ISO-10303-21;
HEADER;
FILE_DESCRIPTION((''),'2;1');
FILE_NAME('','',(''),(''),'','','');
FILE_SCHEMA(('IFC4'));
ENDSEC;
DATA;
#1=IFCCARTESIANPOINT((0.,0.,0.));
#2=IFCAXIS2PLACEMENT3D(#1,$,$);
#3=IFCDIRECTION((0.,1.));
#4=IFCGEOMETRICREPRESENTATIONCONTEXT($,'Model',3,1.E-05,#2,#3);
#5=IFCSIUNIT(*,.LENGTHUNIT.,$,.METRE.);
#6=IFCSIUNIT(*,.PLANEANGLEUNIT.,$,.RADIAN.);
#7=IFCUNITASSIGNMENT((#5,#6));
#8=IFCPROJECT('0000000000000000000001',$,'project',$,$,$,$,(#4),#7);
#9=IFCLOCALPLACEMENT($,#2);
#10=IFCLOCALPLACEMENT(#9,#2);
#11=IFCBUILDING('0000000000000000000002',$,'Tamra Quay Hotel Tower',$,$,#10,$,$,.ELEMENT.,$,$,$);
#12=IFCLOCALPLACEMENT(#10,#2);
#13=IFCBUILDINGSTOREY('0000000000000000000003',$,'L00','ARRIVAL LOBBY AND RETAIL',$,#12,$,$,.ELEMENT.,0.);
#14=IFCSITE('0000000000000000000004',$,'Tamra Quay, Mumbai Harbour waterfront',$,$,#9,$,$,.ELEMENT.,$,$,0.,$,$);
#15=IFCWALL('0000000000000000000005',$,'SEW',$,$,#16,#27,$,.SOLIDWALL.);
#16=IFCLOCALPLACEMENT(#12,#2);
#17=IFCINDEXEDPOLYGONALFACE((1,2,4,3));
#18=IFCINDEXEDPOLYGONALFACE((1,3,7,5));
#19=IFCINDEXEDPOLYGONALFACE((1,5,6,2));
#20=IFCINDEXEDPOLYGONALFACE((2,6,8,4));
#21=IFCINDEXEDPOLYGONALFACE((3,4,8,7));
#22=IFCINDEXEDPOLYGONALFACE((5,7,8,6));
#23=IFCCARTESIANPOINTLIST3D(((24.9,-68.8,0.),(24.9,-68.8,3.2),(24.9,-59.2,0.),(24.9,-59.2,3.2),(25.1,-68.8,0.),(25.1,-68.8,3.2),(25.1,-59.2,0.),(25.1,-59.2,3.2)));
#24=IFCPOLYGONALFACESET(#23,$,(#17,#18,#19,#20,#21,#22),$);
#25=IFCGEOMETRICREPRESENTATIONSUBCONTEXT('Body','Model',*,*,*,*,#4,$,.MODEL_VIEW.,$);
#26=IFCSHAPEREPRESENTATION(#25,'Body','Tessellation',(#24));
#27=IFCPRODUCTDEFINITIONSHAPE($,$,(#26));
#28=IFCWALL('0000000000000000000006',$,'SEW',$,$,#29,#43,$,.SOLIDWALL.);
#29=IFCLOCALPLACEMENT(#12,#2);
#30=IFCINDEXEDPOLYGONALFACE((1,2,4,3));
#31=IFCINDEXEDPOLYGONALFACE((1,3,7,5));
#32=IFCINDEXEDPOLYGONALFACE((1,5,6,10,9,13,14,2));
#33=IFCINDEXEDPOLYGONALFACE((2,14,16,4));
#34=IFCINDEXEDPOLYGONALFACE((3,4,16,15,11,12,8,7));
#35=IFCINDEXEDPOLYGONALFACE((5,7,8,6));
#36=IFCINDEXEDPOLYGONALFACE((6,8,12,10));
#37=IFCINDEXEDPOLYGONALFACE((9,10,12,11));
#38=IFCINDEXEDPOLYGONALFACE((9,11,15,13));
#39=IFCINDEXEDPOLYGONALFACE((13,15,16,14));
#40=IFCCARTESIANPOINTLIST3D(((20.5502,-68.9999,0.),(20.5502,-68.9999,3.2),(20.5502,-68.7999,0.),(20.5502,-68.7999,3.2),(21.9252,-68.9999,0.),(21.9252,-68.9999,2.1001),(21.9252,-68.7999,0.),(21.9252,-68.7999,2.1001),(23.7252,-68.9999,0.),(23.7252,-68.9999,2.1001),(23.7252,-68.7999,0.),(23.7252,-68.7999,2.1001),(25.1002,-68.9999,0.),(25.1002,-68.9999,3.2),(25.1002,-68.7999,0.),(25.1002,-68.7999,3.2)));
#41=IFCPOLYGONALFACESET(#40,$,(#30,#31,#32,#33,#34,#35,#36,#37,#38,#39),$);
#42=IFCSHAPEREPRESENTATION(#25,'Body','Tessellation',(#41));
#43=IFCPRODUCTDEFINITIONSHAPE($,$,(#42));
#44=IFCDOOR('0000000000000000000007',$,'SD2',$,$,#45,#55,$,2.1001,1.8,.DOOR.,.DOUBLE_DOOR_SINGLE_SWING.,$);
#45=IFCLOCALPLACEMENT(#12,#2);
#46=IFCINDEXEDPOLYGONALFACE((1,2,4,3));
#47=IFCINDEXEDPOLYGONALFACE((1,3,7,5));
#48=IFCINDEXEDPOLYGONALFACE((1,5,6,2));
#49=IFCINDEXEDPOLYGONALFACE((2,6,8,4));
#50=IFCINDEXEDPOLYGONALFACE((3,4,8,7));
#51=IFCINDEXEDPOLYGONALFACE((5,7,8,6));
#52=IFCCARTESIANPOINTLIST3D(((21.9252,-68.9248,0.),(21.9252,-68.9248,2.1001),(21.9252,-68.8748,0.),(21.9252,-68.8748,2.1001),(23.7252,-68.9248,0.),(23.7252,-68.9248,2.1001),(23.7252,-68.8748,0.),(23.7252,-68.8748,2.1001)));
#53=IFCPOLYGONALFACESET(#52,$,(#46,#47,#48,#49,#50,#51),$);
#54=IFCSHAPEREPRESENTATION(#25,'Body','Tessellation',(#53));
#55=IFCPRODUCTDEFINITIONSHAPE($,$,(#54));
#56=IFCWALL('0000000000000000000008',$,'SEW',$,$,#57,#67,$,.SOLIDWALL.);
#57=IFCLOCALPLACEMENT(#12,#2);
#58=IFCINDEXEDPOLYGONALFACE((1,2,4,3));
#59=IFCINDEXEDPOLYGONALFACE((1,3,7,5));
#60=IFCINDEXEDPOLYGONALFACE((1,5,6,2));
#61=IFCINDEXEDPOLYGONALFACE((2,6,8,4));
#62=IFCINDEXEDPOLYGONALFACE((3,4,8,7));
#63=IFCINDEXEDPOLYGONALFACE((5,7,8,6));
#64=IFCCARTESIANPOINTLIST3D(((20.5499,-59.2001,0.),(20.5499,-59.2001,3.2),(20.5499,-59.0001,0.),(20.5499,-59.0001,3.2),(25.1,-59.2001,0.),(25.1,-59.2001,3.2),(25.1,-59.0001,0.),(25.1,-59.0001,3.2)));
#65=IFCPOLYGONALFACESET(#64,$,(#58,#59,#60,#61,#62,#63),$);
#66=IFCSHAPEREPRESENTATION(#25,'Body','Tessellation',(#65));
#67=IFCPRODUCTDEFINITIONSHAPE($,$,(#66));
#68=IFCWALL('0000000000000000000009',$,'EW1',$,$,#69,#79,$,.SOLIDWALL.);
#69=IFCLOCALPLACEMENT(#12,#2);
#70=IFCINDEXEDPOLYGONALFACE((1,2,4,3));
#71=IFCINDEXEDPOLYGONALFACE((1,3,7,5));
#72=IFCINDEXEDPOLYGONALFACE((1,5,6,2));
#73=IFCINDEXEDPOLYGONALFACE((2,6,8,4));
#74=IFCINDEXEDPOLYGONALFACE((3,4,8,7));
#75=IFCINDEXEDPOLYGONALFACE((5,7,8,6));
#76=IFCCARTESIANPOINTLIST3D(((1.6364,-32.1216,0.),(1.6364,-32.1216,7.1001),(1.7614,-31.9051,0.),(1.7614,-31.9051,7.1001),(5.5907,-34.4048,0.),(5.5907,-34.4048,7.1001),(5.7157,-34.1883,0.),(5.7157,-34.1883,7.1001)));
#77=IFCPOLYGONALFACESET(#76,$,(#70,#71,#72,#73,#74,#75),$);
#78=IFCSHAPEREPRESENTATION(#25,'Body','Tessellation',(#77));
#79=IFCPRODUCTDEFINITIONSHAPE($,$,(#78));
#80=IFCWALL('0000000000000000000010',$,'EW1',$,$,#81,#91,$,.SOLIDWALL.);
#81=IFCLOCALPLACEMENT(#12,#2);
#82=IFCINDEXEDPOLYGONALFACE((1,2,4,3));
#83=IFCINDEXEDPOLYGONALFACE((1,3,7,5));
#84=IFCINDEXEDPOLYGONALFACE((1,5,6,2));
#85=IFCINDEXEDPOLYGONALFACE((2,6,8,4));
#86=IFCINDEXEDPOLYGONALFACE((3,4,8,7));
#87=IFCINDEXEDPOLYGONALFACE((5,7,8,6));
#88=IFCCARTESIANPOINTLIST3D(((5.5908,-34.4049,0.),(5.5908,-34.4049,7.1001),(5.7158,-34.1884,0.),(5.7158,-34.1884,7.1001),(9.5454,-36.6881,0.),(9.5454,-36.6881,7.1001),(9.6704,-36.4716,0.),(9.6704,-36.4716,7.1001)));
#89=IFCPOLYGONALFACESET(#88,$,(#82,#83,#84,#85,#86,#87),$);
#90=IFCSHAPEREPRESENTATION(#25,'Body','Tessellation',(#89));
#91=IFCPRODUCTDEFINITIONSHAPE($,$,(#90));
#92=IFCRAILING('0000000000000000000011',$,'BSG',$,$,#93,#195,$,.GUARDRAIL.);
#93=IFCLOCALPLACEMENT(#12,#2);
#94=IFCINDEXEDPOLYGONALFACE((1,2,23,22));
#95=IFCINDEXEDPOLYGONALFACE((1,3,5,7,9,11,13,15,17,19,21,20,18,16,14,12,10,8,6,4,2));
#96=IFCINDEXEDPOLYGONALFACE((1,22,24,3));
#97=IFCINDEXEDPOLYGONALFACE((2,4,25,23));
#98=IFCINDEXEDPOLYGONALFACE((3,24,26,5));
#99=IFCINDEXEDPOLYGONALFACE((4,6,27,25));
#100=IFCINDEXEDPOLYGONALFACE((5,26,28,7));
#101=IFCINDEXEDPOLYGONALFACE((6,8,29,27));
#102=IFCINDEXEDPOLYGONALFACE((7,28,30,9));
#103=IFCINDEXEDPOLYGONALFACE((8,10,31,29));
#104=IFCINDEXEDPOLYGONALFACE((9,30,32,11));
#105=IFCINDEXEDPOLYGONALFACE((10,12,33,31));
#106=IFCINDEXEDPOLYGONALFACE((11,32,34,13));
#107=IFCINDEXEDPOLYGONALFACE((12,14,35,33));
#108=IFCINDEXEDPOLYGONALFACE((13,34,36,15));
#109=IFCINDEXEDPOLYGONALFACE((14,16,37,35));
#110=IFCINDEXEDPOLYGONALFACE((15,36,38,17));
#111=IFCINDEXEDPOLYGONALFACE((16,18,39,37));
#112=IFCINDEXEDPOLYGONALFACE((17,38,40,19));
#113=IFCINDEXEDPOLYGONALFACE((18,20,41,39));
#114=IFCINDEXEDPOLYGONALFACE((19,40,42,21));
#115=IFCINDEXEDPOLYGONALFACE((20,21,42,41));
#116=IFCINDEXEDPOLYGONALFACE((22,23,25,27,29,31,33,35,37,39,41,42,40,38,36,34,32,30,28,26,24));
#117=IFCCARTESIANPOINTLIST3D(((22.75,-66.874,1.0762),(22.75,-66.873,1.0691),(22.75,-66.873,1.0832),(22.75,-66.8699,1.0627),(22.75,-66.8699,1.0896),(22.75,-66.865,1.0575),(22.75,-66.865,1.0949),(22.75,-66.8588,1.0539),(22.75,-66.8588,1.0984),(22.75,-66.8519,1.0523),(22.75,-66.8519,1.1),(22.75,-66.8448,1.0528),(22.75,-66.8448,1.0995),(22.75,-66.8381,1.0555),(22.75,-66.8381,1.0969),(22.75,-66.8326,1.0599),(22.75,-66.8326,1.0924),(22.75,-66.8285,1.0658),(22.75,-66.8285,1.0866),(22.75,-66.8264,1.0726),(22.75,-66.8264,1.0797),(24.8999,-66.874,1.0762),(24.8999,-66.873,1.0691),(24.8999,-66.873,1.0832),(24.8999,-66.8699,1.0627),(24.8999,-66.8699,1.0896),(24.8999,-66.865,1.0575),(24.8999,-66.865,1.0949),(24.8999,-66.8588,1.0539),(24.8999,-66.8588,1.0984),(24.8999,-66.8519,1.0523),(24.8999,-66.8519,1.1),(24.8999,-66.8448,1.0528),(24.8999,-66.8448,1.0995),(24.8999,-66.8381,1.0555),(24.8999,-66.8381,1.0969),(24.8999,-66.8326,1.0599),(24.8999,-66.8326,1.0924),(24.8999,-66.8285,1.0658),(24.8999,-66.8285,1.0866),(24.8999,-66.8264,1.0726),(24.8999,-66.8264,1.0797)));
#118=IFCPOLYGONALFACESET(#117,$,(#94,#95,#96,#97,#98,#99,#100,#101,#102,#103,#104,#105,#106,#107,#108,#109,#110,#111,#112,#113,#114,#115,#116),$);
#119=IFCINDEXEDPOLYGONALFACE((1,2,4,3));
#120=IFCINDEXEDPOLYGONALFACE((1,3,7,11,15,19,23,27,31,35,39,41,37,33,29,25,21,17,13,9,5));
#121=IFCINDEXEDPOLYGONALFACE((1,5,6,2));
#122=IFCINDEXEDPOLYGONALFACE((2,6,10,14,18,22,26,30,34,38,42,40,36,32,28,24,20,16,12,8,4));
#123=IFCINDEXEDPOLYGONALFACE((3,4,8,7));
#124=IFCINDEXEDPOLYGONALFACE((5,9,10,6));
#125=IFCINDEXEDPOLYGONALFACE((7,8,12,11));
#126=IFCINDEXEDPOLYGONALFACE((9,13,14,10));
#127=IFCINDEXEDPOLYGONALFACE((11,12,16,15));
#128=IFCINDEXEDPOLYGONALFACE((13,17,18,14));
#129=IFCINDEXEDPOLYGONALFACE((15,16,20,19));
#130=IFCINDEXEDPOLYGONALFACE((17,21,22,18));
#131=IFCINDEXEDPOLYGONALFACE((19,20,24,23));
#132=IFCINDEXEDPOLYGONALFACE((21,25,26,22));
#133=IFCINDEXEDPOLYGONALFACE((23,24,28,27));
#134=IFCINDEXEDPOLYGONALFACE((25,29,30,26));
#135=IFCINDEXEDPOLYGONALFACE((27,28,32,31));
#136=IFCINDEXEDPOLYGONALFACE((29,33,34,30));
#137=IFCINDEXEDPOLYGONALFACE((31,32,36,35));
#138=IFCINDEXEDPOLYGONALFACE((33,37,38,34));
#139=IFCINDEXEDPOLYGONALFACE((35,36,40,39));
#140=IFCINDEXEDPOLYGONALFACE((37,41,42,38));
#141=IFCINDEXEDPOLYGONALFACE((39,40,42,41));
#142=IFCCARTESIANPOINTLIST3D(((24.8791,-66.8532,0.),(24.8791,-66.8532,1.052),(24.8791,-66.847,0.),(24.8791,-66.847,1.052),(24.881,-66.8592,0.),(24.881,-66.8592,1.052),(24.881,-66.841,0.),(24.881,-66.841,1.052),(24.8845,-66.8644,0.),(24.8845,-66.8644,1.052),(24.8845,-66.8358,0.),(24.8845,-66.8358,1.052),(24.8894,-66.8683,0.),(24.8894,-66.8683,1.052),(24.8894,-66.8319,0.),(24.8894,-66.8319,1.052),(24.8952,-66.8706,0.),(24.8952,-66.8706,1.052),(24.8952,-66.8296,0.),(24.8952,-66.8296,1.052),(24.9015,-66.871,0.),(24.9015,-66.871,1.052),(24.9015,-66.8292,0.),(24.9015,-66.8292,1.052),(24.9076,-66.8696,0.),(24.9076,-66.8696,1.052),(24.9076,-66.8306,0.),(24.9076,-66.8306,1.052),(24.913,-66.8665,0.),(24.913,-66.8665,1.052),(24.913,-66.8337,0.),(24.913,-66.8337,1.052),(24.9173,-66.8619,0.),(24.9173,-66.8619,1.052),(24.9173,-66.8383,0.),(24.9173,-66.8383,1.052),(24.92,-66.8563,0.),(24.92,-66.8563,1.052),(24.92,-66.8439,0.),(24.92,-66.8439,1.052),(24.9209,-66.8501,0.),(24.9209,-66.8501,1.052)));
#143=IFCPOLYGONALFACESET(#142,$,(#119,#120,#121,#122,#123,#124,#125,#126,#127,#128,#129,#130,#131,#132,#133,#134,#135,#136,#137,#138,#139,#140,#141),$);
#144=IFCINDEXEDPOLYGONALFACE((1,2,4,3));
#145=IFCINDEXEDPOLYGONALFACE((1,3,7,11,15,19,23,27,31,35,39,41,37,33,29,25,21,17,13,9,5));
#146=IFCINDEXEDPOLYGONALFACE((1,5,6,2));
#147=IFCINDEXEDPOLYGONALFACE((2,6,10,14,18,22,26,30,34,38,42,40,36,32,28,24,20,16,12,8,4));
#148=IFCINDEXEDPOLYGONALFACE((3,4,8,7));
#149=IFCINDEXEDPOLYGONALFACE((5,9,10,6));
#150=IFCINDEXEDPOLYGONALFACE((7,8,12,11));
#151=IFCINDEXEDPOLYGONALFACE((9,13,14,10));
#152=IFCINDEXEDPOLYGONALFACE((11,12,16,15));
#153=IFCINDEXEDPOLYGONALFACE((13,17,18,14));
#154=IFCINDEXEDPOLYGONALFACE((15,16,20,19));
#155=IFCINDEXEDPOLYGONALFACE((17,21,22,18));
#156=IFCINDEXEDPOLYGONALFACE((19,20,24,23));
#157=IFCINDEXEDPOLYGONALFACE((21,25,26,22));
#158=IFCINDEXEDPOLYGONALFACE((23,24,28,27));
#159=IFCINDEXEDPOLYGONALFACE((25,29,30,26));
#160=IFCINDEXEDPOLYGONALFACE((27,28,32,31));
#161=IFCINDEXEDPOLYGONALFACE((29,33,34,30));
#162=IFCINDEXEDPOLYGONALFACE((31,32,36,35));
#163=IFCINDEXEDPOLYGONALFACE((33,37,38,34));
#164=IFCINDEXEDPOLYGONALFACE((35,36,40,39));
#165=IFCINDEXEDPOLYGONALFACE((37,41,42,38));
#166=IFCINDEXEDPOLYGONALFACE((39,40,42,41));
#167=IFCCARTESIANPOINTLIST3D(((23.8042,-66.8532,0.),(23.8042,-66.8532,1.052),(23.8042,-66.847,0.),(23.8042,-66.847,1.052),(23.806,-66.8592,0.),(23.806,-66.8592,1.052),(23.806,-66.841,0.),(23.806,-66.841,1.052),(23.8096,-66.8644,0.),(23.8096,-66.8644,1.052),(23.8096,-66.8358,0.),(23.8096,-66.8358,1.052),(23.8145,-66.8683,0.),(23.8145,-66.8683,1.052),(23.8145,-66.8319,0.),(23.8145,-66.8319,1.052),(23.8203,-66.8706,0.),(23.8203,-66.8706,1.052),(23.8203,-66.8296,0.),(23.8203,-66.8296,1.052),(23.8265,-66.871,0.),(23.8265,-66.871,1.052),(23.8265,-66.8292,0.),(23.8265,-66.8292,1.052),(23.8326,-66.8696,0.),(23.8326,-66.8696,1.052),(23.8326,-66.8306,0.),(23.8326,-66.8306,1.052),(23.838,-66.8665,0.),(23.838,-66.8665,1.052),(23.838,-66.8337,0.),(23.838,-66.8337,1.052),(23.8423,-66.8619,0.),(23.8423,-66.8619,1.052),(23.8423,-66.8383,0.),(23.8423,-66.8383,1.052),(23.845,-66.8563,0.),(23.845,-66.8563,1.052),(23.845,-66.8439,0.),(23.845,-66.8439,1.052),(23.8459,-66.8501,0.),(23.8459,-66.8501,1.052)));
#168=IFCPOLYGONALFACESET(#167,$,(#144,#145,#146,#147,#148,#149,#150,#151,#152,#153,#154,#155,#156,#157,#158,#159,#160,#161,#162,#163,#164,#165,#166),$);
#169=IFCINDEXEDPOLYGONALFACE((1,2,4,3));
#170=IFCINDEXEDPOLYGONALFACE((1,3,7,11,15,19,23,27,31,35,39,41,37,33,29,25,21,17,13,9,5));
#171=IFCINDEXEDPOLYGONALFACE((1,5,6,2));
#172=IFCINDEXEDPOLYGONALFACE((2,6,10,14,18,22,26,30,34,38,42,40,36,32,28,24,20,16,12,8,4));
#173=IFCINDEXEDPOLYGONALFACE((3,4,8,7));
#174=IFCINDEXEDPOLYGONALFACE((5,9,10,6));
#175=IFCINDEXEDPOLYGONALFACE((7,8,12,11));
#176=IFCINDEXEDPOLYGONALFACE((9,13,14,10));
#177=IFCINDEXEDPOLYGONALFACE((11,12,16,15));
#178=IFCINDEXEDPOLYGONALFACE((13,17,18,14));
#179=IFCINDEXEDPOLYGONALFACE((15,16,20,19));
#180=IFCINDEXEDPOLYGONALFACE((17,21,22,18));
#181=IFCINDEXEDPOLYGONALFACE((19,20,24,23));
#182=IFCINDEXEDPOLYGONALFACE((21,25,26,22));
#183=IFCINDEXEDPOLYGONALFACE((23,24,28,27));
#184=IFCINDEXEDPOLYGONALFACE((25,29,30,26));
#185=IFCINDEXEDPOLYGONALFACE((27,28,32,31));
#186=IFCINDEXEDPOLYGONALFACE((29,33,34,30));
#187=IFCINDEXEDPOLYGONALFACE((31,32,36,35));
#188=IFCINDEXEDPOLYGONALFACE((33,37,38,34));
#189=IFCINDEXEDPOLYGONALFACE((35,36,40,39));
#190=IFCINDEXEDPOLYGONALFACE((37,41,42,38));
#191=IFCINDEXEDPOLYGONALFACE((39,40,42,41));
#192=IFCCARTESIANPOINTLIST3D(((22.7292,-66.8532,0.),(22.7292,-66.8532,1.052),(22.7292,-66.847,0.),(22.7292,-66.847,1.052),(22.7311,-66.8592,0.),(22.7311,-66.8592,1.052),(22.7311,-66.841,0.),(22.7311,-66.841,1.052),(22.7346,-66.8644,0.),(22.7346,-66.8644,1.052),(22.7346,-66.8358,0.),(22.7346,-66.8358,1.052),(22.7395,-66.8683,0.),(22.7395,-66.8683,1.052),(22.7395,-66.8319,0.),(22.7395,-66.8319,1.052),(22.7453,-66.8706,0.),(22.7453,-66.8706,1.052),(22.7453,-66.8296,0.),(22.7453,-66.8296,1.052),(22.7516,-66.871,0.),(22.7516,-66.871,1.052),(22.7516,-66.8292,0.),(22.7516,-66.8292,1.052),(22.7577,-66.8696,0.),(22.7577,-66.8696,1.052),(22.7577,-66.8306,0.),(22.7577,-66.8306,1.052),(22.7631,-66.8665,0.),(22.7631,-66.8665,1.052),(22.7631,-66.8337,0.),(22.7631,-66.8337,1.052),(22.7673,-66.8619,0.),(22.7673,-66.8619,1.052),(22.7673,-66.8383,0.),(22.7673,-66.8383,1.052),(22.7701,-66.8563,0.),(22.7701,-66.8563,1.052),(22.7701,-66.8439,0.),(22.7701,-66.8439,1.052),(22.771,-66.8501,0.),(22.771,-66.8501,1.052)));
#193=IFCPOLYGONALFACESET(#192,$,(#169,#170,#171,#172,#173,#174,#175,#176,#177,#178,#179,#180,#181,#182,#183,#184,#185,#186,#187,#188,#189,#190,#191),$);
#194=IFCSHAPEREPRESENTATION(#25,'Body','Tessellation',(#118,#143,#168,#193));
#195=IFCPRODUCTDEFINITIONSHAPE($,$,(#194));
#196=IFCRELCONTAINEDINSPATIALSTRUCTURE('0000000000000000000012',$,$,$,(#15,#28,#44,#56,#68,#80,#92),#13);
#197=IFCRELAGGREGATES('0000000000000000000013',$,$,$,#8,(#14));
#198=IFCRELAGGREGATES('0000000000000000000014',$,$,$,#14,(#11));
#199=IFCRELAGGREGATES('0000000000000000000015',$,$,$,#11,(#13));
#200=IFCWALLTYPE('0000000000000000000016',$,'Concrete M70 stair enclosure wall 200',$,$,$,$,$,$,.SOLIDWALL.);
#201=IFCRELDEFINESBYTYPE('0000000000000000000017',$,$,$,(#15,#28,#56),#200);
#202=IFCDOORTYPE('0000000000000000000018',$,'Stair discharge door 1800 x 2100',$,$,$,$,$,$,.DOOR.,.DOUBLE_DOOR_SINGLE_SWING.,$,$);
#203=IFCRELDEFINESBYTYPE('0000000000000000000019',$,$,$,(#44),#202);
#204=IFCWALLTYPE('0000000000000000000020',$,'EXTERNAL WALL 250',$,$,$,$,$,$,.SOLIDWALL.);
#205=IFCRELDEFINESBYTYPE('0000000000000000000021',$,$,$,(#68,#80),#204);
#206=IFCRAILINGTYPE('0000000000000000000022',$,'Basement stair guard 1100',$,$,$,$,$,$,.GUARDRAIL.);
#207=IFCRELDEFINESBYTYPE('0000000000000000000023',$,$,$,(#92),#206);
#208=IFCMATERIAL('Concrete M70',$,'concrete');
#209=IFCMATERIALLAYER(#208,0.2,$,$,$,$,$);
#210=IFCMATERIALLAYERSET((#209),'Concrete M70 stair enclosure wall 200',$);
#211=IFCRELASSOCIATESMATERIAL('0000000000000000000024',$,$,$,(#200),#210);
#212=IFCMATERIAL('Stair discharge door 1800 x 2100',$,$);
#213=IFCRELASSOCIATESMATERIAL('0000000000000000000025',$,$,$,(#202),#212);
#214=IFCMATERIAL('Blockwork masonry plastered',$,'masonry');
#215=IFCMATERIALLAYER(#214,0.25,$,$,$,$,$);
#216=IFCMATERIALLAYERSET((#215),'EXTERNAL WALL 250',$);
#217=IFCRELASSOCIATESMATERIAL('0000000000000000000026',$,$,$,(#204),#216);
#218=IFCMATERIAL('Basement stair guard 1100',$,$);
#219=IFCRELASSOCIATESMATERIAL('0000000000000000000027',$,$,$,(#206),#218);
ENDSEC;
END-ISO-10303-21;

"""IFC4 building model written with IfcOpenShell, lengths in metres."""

from ifc_helpers import new_model, si_unit, direction, frame, frame_2d, origin, origin_2d, place, context, subcontext, project, spatial, rectangle, circle, extrude, material, layer, layer_set, type_object, element, fill, save


model = new_model("IFC4")

# Units and contexts
model_context = context("Model", 3, precision=1e-05, world=origin(), true_north=direction((0.0, 1.0)))
body_context = subcontext(model_context, "Body", "Model", "MODEL_VIEW")
ifc_project = project(units=[si_unit("LENGTHUNIT", "METRE"), si_unit("PLANEANGLEUNIT", "RADIAN")], contexts=[model_context])

# Site, building, storey
site_placement = place(None, origin())
site = spatial("IfcSite", under=ifc_project, at=site_placement, Name="Tamra Quay, Mumbai Harbour waterfront", CompositionType="ELEMENT", RefElevation=0.0)
building_placement = place(site_placement, origin())
building = spatial("IfcBuilding", under=site, at=building_placement, Name="Tamra Quay Hotel Tower", CompositionType="ELEMENT")
storey_placement = place(building_placement, origin())
storey = spatial("IfcBuildingStorey", under=building, at=storey_placement, Name="L00", Description="ARRIVAL LOBBY AND RETAIL", CompositionType="ELEMENT", Elevation=0.0)

# Shared definitions
ifc_material_1 = material(Name="Concrete M70", Category="concrete")

# Wall
ifc_layer_1 = layer(ifc_material_1, 0.2)
ifc_layer_set_1 = layer_set([ifc_layer_1], Name="Concrete M70 stair enclosure wall 200")
wall_type_1 = type_object("IfcWallType", Name="Concrete M70 stair enclosure wall 200", PredefinedType="SOLIDWALL", material=ifc_layer_set_1)
for number, where, z_axis, x_axis, name in (
    (1, (25.0, -68.8, 0.0), (0.0, 0.0, 1.0), (0.0, 1.0, 0.0), "SEW"),
):
    element("IfcWall", number, at=place(storey_placement, frame(where, z_axis=z_axis, x_axis=x_axis)), inside=storey, type_object=wall_type_1, Name=name, PredefinedType="SOLIDWALL", context=body_context, shape_type="SweptSolid", body=[
        extrude(rectangle(XDim=9.6001, YDim=0.2, at=frame_2d((4.8, 0.0))), origin(), (0.0, 0.0, 1.0), 3.2),
    ])

# Wall, opening, door
wall_1_placement = place(storey_placement, frame((25.1001, -68.8999, 0.0), z_axis=(0.0, 0.0, 1.0), x_axis=(-1.0, 0.0, 0.0)))
wall_1 = element("IfcWall", 2, at=wall_1_placement, inside=storey, type_object=wall_type_1, Name="SEW", PredefinedType="SOLIDWALL", context=body_context, shape_type="SweptSolid", body=[
    extrude(rectangle(XDim=4.55, YDim=0.2, at=frame_2d((2.2749, 0.0))), origin(), (0.0, 0.0, 1.0), 3.2),
])
opening_placement = place(wall_1_placement, frame((1.375, 0.0, 0.0)))
opening = element("IfcOpeningElement", 3, at=opening_placement, cuts=wall_1, PredefinedType="OPENING", context=body_context, shape_type="SweptSolid", body=[
    extrude(rectangle(XDim=1.8, YDim=2.1001, at=frame_2d((0.8999, 1.05))), frame((0.0, 0.1099, 0.0), z_axis=(0.0, -1.0, 0.0), x_axis=(1.0, 0.0, 0.0)), (0.0, 0.0, 1.0), 0.22),
])
ifc_material_2 = material(Name="Stair discharge door 1800 x 2100")
door_type = type_object("IfcDoorType", Name="Stair discharge door 1800 x 2100", OperationType="DOUBLE_DOOR_SINGLE_SWING", PredefinedType="DOOR", material=ifc_material_2)
door_placement = place(opening_placement, origin())
door = element("IfcDoor", 4, at=door_placement, inside=storey, type_object=door_type, Name="SD2", OperationType="DOUBLE_DOOR_SINGLE_SWING", OverallHeight=2.1001, OverallWidth=1.8, PredefinedType="DOOR", context=body_context, shape_type="SweptSolid", body=[
    extrude(rectangle(XDim=1.8, YDim=2.1001, at=frame_2d((0.8999, 1.05))), frame((0.0, 0.0249, 0.0), z_axis=(0.0, -1.0, 0.0), x_axis=(1.0, 0.0, 0.0)), (0.0, 0.0, 1.0), 0.05),
])
fill(opening, door)

# Walls
wall_2_placement = place(storey_placement, frame((20.55, -59.1001, 0.0), z_axis=(0.0, 0.0, 1.0), x_axis=(1.0, 0.0, 0.0)))
element("IfcWall", 5, at=wall_2_placement, inside=storey, type_object=wall_type_1, Name="SEW", PredefinedType="SOLIDWALL", context=body_context, shape_type="SweptSolid", body=[
    extrude(rectangle(XDim=4.55, YDim=0.2, at=frame_2d((2.2749, 0.0))), origin(), (0.0, 0.0, 1.0), 3.2),
])
ifc_material_3 = material(Name="Blockwork masonry plastered", Category="masonry")
ifc_layer_2 = layer(ifc_material_3, 0.25)
ifc_layer_set_2 = layer_set([ifc_layer_2], Name="EXTERNAL WALL 250")
wall_type_2 = type_object("IfcWallType", Name="EXTERNAL WALL 250", PredefinedType="SOLIDWALL", material=ifc_layer_set_2)
wall_3_placement = place(storey_placement, frame((5.6533, -34.2966, 0.0), z_axis=(0.0, 0.0, 1.0), x_axis=(-0.86601, 0.500026, 0.0)))
element("IfcWall", 6, at=wall_3_placement, inside=storey, type_object=wall_type_2, Name="EW1", PredefinedType="SOLIDWALL", context=body_context, shape_type="SweptSolid", body=[
    extrude(rectangle(XDim=4.5662, YDim=0.25, at=frame_2d((2.2832, 0.0))), origin(), (0.0, 0.0, 1.0), 7.1001),
])
wall_4_placement = place(storey_placement, frame((9.6079, -36.5798, 0.0), z_axis=(0.0, 0.0, 1.0), x_axis=(-0.866024, 0.500003, 0.0)))
element("IfcWall", 7, at=wall_4_placement, inside=storey, type_object=wall_type_2, Name="EW1", PredefinedType="SOLIDWALL", context=body_context, shape_type="SweptSolid", body=[
    extrude(rectangle(XDim=4.5664, YDim=0.25, at=frame_2d((2.2832, 0.0))), origin(), (0.0, 0.0, 1.0), 7.1001),
])

# Railing
ifc_material_4 = material(Name="Basement stair guard 1100")
railing_type = type_object("IfcRailingType", Name="Basement stair guard 1100", PredefinedType="GUARDRAIL", material=ifc_material_4)
railing_placement = place(storey_placement, frame((24.8999, -66.8501, 0.0)))
element("IfcRailing", 8, at=railing_placement, inside=storey, type_object=railing_type, Name="BSG", PredefinedType="GUARDRAIL", context=body_context, shape_type="SweptSolid", body=[
    extrude(circle(Radius=0.0239, at=origin_2d()), frame((0.0, 0.0, 1.0762), z_axis=(-1.0, 0.0, 0.0), x_axis=(0.0, -1.0, 0.0)), (0.0, 0.0, 1.0), 2.1499),
    extrude(circle(Radius=0.021, at=origin_2d()), origin(), (0.0, 0.0, 1.0), 1.052),
    extrude(circle(Radius=0.021, at=origin_2d()), frame((-1.075, 0.0, 0.0)), (0.0, 0.0, 1.0), 1.052),
    extrude(circle(Radius=0.021, at=origin_2d()), frame((-2.1499, 0.0, 0.0)), (0.0, 0.0, 1.0), 1.052),
])

save(model, "model.ifc")
